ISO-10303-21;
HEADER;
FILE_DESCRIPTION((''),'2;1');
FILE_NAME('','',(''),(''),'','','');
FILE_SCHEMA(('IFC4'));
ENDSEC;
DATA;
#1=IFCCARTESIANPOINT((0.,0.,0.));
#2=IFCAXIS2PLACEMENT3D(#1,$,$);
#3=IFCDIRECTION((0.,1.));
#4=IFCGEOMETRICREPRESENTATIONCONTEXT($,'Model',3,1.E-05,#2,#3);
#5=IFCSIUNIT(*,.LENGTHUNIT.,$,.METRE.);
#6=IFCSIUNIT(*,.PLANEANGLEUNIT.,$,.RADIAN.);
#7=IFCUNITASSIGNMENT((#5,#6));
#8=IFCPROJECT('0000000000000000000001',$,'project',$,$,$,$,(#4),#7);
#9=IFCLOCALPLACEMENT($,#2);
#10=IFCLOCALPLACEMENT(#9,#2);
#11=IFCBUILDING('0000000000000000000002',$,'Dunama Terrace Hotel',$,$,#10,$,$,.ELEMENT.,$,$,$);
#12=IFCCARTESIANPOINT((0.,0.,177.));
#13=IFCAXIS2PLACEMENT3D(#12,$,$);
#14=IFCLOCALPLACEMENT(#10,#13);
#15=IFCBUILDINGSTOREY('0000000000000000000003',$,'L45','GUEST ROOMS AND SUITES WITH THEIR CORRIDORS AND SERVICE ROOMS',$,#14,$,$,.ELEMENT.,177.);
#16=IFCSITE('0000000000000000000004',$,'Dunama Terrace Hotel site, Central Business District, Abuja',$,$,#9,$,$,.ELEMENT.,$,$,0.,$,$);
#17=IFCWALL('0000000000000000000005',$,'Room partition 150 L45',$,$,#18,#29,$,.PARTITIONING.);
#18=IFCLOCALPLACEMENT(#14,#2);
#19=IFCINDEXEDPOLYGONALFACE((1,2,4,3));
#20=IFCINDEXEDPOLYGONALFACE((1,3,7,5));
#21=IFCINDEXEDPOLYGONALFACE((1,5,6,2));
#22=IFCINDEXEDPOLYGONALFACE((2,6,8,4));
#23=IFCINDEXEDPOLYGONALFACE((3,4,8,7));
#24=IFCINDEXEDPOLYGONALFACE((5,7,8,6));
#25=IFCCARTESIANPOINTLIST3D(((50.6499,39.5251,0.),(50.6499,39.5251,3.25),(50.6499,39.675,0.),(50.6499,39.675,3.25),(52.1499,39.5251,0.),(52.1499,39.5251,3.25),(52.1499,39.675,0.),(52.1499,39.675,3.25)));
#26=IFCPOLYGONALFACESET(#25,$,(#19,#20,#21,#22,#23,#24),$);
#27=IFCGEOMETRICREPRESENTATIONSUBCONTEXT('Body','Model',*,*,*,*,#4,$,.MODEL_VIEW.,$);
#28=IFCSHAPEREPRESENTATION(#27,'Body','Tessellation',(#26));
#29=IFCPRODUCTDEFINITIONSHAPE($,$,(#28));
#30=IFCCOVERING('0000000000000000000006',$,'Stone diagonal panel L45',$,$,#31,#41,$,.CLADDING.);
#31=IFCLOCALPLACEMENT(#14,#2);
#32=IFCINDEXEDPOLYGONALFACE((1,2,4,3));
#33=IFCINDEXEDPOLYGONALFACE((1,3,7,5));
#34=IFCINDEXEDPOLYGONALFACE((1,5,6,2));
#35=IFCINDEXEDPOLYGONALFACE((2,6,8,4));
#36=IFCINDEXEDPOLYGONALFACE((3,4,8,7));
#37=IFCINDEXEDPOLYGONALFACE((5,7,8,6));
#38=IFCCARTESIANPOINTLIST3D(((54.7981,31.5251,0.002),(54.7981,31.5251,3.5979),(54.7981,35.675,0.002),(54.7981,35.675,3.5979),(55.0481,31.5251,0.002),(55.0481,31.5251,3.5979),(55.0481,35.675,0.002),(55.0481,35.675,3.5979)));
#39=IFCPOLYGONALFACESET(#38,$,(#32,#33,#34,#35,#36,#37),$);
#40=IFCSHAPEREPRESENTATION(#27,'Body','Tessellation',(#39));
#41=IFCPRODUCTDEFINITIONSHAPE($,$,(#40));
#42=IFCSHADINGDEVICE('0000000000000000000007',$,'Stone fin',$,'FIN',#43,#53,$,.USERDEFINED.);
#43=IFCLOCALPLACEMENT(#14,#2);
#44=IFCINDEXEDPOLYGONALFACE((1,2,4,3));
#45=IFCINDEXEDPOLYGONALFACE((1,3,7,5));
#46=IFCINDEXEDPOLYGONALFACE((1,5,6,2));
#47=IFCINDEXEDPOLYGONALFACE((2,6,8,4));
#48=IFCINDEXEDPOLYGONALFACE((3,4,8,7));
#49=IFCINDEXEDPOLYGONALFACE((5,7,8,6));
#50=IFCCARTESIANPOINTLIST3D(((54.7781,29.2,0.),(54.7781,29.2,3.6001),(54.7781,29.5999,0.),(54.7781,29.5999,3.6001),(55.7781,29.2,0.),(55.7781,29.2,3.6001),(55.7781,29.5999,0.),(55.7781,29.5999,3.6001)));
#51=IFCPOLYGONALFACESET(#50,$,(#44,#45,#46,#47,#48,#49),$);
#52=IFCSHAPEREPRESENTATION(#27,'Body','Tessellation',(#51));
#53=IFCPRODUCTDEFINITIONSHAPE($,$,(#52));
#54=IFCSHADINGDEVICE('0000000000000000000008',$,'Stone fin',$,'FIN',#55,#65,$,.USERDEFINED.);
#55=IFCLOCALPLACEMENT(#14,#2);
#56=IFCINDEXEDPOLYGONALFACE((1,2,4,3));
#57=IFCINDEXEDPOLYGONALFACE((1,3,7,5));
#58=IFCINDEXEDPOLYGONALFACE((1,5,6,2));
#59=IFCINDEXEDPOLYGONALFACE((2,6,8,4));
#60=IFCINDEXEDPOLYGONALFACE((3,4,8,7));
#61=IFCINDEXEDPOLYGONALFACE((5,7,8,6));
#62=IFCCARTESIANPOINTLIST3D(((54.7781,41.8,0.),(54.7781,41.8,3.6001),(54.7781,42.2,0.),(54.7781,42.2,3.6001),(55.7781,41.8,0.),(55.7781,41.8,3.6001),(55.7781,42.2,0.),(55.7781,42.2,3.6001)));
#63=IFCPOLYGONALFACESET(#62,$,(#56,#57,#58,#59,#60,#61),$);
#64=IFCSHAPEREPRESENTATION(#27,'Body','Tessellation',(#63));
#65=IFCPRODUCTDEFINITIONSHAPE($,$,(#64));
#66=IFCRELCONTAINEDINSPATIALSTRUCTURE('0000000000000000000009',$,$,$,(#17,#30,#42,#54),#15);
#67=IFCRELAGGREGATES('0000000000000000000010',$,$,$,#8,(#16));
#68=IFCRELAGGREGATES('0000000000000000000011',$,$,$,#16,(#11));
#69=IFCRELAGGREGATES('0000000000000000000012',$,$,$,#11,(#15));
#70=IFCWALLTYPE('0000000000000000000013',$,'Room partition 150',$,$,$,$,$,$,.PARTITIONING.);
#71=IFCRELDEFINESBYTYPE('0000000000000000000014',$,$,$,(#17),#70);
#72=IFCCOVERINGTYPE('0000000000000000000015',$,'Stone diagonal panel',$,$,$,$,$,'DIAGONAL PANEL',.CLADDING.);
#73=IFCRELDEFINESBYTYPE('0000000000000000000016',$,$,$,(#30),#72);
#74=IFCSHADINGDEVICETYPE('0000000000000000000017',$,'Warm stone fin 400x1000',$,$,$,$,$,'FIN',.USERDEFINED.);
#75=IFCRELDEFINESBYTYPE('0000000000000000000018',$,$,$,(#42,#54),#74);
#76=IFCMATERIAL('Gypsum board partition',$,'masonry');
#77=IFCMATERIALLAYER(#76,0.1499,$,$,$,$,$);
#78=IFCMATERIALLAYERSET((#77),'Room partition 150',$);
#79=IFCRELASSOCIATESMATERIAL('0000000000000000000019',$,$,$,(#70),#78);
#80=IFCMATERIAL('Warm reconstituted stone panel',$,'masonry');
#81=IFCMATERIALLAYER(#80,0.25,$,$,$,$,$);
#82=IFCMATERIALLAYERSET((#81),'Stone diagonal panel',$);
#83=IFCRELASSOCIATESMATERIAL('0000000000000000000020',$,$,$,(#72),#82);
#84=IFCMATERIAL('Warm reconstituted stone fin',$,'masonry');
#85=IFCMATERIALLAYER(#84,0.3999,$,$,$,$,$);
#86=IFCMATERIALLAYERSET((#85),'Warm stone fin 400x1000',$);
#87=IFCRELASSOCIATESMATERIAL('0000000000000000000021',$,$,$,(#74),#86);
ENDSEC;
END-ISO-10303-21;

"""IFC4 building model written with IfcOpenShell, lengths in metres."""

from ifc_helpers import new_model, si_unit, direction, frame, frame_2d, origin, origin_2d, place, context, subcontext, project, spatial, rectangle, extrude, material, layer, layer_set, type_object, element, save


model = new_model("IFC4")

# Units and contexts
model_context = context("Model", 3, precision=1e-05, world=origin(), true_north=direction((0.0, 1.0)))
body_context = subcontext(model_context, "Body", "Model", "MODEL_VIEW")
ifc_project = project(units=[si_unit("LENGTHUNIT", "METRE"), si_unit("PLANEANGLEUNIT", "RADIAN")], contexts=[model_context])

# Site, building, storey
site_placement = place(None, origin())
site = spatial("IfcSite", under=ifc_project, at=site_placement, Name="Dunama Terrace Hotel site, Central Business District, Abuja", CompositionType="ELEMENT", RefElevation=0.0)
building_placement = place(site_placement, origin())
building = spatial("IfcBuilding", under=site, at=building_placement, Name="Dunama Terrace Hotel", CompositionType="ELEMENT")
storey_placement = place(building_placement, frame((0.0, 0.0, 177.0)))
storey = spatial("IfcBuildingStorey", under=building, at=storey_placement, Name="L45", Description="GUEST ROOMS AND SUITES WITH THEIR CORRIDORS AND SERVICE ROOMS", CompositionType="ELEMENT", Elevation=177.0)

# Shared definitions
ifc_material_1 = material(Name="Gypsum board partition", Category="masonry")
ifc_layer_1 = layer(ifc_material_1, 0.1499)
ifc_layer_set_1 = layer_set([ifc_layer_1], Name="Room partition 150")
wall_type_1 = type_object("IfcWallType", Name="Room partition 150", PredefinedType="PARTITIONING", material=ifc_layer_set_1)

# Wall
wall_1_placement = place(storey_placement, frame((50.6499, 39.6001, 0.0), z_axis=(0.0, 0.0, 1.0), x_axis=(1.0, 0.0, 0.0)))
element("IfcWall", 1, at=wall_1_placement, inside=storey, type_object=wall_type_1, Name="Room partition 150 L45", PredefinedType="PARTITIONING", context=body_context, shape_type="SweptSolid", body=[
    extrude(rectangle(XDim=1.5, YDim=0.1499, at=frame_2d((0.75, 0.0))), origin(), (0.0, 0.0, 1.0), 3.25),
])

# Covering
ifc_material_2 = material(Name="Warm reconstituted stone panel", Category="masonry")
ifc_layer_2 = layer(ifc_material_2, 0.25)
ifc_layer_set_2 = layer_set([ifc_layer_2], Name="Stone diagonal panel")
covering_type = type_object("IfcCoveringType", Name="Stone diagonal panel", ElementType="DIAGONAL PANEL", PredefinedType="CLADDING", material=ifc_layer_set_2)
covering_placement = place(storey_placement, frame((54.9231, 33.6001, 0.002), z_axis=(0.0, 0.0, 1.0), x_axis=(0.0, 1.0, 0.0)))
element("IfcCovering", 2, at=covering_placement, inside=storey, type_object=covering_type, Name="Stone diagonal panel L45", PredefinedType="CLADDING", context=body_context, shape_type="SweptSolid", body=[
    extrude(rectangle(XDim=4.1499, YDim=0.25, at=origin_2d()), origin(), (0.0, 0.0, 1.0), 3.5959),
])

# Shading devices
ifc_material_3 = material(Name="Warm reconstituted stone fin", Category="masonry")
ifc_layer_3 = layer(ifc_material_3, 0.3999)
ifc_layer_set_3 = layer_set([ifc_layer_3], Name="Warm stone fin 400x1000")
shading_device_type = type_object("IfcShadingDeviceType", Name="Warm stone fin 400x1000", ElementType="FIN", PredefinedType="USERDEFINED", material=ifc_layer_set_3)
for number, where, z_axis, x_axis, name in (
    (3, (55.2781, 29.3999, 0.0), (0.0, 0.0, 1.0), (0.0, 1.0, 0.0), "Stone fin"),
    (4, (55.2781, 42.0, 0.0), (0.0, 0.0, 1.0), (0.0, 1.0, 0.0), "Stone fin"),
):
    element("IfcShadingDevice", number, at=place(storey_placement, frame(where, z_axis=z_axis, x_axis=x_axis)), inside=storey, type_object=shading_device_type, Name=name, ObjectType="FIN", PredefinedType="USERDEFINED", context=body_context, shape_type="SweptSolid", body=[
        extrude(rectangle(XDim=0.3999, YDim=1.0, at=origin_2d()), origin(), (0.0, 0.0, 1.0), 3.6001),
    ])

save(model, "model.ifc")
